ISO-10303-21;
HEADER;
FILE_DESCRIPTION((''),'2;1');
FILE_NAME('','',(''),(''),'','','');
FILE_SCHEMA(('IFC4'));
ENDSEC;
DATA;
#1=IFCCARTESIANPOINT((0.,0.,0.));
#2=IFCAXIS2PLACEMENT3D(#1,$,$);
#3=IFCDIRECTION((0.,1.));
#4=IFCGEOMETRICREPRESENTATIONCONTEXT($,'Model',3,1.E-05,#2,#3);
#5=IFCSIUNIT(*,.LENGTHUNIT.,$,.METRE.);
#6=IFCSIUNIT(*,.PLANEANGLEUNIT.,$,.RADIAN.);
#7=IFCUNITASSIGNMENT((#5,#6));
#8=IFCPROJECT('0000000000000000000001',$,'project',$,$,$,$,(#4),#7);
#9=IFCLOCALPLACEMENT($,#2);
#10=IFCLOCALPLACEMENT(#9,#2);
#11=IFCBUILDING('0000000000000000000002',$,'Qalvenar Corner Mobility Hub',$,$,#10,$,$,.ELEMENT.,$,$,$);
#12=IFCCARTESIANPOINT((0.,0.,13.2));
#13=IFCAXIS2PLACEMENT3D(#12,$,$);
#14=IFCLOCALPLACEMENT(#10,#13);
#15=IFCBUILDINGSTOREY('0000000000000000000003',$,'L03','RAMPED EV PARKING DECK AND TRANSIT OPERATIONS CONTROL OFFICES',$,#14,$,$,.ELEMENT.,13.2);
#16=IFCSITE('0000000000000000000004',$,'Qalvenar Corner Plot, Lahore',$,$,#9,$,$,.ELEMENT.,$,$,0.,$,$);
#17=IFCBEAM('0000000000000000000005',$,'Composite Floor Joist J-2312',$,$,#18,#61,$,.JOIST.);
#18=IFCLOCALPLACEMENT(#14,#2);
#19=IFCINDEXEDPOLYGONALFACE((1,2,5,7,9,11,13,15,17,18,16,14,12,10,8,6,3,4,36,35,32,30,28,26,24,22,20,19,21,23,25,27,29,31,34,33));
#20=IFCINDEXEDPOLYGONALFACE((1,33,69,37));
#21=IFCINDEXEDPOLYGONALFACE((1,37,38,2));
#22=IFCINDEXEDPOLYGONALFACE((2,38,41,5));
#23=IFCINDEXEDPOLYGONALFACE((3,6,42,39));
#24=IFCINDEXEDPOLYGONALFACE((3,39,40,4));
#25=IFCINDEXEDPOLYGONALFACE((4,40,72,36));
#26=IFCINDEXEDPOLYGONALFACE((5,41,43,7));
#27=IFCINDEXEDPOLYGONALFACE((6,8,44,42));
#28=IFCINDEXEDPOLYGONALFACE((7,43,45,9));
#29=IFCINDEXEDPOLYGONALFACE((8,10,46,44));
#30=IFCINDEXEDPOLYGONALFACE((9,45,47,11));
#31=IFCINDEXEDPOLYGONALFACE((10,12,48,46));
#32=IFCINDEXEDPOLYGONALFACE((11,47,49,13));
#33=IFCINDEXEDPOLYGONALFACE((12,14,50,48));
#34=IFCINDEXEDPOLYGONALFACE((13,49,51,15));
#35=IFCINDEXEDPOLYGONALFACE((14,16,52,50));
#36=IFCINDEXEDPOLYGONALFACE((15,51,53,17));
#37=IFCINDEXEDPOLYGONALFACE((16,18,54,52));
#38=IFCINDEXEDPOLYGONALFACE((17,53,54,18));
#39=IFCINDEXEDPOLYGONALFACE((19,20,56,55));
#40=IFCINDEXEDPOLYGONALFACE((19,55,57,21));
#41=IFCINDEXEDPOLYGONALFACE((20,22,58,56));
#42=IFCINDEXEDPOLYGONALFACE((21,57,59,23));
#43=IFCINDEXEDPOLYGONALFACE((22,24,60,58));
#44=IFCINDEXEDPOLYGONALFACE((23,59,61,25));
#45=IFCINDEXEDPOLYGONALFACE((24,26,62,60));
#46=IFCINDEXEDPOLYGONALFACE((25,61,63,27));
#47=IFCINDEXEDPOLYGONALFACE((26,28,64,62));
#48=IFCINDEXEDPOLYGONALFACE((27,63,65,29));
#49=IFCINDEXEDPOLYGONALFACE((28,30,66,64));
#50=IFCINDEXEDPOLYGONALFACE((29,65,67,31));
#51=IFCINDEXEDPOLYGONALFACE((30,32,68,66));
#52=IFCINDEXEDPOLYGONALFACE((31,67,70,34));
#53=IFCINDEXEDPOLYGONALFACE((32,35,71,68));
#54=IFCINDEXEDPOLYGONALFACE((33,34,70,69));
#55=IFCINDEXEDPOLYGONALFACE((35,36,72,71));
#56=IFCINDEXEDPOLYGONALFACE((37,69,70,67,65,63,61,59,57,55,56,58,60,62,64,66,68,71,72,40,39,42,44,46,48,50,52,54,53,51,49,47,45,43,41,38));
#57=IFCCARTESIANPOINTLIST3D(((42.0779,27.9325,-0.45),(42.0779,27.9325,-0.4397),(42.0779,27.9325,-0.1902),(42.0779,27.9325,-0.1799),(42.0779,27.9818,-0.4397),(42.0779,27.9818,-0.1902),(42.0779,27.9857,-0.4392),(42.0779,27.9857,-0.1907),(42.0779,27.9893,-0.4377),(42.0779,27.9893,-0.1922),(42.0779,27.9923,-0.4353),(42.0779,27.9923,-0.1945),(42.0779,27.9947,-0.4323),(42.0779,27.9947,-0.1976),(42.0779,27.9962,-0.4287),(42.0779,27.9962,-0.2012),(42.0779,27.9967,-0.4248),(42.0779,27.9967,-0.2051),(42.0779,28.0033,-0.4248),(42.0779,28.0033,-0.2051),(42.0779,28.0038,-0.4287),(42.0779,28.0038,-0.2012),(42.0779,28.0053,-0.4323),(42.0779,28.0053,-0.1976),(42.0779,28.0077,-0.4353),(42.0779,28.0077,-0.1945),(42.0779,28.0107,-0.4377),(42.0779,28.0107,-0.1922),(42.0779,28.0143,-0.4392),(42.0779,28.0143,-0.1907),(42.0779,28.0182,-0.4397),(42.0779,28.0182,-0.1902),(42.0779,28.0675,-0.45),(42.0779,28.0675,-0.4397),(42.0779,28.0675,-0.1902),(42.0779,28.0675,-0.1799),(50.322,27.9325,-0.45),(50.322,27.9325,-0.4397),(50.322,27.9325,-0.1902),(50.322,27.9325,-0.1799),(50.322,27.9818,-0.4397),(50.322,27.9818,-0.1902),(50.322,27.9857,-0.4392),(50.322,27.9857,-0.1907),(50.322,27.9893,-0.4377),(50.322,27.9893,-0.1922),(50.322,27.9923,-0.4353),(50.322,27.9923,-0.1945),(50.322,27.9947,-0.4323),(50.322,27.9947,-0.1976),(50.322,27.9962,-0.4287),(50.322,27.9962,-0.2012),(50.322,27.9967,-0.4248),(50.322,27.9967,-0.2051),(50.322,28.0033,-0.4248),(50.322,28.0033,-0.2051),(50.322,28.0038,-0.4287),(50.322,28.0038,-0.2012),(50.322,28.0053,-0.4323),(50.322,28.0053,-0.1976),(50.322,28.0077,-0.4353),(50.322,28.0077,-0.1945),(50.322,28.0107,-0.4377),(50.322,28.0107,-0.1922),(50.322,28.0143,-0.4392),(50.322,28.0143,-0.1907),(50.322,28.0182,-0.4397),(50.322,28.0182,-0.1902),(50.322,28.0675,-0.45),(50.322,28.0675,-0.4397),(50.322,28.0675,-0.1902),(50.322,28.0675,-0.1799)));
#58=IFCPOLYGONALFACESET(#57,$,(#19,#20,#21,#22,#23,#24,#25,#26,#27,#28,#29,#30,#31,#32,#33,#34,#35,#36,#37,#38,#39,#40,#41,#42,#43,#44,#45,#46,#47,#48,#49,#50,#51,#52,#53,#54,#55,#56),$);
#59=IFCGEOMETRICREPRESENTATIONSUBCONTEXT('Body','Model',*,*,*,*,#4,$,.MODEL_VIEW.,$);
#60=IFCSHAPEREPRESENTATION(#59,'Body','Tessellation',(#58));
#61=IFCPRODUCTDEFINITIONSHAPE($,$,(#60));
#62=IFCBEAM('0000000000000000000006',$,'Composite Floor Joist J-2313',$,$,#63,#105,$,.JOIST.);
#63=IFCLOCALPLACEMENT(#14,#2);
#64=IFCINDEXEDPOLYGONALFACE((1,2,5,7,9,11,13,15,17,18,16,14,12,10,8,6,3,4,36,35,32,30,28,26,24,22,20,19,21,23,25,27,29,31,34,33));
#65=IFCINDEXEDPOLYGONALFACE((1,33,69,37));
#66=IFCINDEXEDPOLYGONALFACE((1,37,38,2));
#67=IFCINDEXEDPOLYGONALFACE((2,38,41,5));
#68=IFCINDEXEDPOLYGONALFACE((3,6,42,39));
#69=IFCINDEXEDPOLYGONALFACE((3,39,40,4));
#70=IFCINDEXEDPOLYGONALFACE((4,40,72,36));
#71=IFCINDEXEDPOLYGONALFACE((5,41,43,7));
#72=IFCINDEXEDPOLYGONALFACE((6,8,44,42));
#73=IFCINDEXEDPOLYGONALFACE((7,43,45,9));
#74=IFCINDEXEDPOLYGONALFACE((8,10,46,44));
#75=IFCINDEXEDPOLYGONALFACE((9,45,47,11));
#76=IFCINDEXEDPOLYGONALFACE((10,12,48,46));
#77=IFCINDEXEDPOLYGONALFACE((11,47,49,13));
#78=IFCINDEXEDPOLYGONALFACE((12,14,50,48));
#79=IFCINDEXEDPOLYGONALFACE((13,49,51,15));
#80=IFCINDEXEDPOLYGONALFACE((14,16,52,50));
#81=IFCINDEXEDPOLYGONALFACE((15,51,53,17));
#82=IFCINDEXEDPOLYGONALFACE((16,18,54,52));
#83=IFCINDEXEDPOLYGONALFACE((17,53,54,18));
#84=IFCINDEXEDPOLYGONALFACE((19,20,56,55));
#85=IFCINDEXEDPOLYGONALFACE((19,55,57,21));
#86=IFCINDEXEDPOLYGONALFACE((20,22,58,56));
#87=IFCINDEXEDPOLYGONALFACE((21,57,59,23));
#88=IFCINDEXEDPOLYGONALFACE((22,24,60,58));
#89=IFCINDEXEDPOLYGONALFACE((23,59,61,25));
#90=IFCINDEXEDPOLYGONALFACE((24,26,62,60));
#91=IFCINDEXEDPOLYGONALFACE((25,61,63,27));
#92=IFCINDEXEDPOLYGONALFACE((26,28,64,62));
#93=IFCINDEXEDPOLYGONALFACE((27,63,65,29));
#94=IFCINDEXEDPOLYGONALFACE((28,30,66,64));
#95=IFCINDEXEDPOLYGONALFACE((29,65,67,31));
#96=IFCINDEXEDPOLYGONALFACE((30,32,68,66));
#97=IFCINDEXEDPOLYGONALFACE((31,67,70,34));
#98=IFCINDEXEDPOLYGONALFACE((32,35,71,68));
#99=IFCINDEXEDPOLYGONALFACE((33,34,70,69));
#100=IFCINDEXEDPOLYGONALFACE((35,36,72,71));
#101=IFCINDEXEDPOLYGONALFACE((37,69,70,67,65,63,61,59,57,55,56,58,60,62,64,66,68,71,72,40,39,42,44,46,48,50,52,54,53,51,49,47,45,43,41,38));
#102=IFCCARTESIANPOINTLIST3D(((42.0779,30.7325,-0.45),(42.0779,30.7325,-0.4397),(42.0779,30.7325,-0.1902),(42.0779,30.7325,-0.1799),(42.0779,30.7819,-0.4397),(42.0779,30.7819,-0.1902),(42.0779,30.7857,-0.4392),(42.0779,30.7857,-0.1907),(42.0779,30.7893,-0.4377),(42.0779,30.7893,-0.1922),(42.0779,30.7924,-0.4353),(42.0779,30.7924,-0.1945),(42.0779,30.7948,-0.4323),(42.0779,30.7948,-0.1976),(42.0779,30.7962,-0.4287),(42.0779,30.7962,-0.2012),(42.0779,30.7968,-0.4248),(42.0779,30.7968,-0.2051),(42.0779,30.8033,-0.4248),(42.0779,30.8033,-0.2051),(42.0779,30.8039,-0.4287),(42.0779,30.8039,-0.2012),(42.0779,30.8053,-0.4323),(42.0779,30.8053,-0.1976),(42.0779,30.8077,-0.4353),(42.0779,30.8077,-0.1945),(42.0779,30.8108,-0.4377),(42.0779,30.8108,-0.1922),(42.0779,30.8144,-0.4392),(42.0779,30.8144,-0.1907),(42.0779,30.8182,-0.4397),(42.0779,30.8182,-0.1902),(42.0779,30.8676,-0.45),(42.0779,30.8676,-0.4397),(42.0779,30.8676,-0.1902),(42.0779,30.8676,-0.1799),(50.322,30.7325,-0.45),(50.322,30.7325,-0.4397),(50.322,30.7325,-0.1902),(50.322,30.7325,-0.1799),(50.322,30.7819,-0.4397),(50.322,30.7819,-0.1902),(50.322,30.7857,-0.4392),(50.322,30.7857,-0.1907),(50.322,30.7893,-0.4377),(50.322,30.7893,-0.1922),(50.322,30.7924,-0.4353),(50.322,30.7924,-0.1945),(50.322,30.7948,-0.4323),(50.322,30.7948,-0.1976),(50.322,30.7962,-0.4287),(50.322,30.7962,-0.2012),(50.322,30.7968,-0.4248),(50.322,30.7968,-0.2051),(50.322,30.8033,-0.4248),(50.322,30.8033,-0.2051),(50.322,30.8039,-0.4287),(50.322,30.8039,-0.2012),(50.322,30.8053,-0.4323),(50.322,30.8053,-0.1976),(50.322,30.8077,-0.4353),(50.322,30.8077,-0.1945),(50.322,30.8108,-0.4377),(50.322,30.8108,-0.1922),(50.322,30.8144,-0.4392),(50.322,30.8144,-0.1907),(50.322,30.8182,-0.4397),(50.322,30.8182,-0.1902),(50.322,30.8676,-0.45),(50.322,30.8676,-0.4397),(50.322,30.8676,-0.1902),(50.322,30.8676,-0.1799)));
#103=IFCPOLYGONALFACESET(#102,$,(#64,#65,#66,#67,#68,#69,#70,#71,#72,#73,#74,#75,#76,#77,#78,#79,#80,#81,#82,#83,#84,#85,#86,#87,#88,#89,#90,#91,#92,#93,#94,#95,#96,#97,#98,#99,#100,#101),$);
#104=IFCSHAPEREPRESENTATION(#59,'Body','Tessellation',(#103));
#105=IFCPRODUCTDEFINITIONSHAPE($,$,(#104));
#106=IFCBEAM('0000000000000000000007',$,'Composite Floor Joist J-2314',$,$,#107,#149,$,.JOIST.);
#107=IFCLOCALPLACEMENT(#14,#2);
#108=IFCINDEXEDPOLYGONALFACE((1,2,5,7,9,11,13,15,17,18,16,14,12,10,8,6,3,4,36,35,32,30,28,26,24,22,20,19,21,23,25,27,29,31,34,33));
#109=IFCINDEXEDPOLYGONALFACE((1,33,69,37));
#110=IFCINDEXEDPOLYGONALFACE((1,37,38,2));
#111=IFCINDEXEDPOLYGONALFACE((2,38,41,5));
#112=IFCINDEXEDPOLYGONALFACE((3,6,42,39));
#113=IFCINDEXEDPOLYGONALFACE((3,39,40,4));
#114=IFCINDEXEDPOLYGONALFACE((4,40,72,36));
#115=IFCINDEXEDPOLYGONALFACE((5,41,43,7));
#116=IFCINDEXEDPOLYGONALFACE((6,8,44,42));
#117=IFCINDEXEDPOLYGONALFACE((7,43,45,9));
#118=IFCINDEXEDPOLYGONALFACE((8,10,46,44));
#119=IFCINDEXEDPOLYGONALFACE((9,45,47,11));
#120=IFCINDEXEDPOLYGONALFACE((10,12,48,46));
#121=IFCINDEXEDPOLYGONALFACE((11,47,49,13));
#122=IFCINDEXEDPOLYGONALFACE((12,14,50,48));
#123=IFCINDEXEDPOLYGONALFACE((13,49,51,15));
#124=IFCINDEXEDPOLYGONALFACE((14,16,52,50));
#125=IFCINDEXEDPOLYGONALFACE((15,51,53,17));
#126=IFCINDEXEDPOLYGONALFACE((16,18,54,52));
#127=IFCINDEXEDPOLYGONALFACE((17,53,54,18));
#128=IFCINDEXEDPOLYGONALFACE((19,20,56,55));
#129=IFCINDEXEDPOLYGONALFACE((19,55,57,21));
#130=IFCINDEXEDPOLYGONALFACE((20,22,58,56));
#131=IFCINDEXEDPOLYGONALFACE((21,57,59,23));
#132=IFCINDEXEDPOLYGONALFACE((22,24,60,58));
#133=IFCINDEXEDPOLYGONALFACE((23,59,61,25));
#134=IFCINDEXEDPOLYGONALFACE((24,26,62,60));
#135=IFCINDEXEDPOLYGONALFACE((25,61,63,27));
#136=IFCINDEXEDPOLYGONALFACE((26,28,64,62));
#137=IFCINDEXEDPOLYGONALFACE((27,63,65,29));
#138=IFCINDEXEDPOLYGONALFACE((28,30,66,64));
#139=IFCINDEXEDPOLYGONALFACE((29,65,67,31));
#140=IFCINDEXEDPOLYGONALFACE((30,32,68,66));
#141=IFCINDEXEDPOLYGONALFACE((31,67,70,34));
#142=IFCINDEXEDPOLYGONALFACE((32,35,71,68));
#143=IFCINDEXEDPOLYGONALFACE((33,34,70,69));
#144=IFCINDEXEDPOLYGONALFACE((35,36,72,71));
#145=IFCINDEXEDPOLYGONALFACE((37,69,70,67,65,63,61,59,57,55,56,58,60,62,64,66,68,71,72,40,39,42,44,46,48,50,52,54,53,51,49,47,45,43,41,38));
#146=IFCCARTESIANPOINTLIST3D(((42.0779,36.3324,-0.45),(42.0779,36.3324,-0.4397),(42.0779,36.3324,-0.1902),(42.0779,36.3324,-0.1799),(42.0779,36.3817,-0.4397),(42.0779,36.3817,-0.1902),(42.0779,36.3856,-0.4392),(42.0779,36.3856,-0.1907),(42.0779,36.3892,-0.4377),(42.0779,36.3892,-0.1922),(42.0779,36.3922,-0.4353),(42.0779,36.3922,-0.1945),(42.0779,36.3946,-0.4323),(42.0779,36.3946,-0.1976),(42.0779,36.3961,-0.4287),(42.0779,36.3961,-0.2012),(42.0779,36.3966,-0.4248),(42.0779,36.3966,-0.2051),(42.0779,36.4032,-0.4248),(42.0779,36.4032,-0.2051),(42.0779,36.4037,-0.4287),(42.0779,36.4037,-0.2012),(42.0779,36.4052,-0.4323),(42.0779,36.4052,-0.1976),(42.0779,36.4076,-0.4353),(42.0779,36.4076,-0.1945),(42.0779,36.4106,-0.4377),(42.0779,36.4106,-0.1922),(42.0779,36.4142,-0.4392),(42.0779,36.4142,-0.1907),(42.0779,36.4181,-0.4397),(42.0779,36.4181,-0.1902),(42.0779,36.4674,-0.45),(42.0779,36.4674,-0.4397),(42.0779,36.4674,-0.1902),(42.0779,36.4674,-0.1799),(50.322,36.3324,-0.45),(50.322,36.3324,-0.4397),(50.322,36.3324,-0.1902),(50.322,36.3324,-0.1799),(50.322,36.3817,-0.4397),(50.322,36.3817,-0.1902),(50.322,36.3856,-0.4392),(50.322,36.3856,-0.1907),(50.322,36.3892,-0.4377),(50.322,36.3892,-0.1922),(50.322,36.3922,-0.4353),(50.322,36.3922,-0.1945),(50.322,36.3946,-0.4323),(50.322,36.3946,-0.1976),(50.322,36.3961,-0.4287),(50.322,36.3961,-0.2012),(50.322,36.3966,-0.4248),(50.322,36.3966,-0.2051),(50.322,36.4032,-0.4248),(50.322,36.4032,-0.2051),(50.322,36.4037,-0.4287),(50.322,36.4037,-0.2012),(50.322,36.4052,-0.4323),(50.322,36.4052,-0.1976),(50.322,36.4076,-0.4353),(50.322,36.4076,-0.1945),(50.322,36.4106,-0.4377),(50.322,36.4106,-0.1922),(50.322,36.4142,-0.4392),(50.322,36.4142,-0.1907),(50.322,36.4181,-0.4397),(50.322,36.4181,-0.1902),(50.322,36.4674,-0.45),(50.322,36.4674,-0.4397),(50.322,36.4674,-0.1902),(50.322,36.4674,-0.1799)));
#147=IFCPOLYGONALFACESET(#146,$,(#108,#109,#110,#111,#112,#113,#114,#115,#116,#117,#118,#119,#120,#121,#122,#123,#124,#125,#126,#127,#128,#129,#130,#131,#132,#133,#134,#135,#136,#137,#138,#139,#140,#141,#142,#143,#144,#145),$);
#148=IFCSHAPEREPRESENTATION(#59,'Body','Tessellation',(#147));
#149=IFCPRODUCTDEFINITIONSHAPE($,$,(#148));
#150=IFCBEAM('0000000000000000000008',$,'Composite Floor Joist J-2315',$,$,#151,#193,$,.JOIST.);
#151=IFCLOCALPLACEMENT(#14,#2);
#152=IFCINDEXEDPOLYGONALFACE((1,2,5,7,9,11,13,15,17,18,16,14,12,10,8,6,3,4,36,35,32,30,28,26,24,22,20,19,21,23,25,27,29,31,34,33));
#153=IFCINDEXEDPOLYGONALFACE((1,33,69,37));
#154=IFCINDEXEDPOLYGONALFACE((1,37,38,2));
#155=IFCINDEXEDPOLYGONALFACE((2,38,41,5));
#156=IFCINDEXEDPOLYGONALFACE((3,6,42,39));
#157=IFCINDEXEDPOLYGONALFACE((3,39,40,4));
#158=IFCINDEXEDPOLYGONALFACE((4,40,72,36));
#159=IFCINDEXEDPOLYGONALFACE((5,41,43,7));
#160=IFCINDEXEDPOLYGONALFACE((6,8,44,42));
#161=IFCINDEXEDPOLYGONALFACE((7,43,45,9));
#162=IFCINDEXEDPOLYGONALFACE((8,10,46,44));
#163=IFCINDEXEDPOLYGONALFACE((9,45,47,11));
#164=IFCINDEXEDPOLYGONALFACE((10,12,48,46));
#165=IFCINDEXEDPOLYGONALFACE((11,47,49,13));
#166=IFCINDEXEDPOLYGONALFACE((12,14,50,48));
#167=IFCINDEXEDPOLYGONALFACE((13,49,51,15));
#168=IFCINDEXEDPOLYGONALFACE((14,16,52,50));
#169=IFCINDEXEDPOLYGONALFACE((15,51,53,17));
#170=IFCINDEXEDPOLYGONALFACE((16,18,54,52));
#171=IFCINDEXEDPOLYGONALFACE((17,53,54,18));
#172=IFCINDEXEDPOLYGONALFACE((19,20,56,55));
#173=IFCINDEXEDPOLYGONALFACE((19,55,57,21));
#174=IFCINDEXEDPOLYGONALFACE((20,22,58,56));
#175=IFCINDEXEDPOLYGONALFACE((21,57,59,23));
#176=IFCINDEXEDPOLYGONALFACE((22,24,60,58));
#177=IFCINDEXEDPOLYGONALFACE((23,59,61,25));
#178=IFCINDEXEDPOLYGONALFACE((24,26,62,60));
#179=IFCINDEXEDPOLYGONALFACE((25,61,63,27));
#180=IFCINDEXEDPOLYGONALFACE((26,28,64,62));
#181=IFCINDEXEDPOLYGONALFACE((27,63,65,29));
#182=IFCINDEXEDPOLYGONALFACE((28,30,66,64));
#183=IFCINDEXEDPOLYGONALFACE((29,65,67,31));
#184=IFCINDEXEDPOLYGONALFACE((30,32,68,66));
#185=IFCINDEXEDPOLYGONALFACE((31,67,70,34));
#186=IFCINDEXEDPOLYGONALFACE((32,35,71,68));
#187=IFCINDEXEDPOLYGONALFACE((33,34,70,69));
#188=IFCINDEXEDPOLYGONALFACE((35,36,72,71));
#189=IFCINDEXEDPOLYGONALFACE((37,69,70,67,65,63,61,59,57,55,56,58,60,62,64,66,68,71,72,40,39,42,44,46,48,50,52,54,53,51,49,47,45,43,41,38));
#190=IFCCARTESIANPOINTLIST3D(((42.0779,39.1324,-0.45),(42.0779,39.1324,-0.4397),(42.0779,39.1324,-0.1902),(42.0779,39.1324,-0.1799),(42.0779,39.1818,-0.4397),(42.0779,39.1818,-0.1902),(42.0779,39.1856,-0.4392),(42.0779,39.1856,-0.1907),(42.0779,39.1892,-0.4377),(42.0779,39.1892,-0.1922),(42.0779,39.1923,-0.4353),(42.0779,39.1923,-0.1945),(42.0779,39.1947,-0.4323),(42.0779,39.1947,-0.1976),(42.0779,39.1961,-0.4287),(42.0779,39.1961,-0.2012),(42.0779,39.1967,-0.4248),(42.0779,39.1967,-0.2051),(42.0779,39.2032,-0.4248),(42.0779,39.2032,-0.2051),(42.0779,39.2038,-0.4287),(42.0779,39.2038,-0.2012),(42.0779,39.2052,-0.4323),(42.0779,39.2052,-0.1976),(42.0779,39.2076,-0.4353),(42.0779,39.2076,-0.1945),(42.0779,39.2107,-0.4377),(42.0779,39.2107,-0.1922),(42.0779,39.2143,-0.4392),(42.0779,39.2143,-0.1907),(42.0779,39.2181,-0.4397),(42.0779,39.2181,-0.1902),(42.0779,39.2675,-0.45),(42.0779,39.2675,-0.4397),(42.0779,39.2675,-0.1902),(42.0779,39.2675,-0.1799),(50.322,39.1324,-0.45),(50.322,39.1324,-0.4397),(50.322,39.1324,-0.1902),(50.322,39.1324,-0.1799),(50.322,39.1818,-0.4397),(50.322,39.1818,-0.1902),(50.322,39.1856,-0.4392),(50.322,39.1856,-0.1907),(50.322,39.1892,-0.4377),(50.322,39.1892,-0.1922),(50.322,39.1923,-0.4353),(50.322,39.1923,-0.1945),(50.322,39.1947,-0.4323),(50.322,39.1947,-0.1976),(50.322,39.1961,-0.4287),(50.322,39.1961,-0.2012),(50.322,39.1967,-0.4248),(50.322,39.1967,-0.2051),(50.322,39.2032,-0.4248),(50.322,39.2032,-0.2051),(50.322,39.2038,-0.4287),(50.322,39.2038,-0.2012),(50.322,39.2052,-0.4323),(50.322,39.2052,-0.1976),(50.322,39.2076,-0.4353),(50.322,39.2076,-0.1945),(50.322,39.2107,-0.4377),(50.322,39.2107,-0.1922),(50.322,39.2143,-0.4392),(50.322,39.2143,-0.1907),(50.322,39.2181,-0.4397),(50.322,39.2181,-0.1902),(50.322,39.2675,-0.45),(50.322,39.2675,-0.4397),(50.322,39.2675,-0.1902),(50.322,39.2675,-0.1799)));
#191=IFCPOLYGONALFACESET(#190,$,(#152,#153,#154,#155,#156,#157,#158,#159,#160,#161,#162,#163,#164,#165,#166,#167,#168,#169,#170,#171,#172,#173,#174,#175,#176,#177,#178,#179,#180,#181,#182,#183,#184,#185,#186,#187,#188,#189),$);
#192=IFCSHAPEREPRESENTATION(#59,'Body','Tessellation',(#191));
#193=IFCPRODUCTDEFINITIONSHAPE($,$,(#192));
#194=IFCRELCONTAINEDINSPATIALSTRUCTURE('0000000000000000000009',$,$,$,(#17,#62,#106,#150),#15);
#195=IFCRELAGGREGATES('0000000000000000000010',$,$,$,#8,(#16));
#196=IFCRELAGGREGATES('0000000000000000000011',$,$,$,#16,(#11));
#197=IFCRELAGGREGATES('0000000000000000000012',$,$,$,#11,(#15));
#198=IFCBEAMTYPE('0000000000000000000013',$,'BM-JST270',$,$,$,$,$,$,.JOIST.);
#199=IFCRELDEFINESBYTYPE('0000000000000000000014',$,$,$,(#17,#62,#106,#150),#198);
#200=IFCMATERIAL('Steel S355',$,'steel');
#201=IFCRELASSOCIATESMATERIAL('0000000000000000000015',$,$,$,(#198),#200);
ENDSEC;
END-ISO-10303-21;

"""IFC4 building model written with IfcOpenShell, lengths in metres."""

from ifc_helpers import new_model, si_unit, direction, frame, origin, origin_2d, place, context, subcontext, project, spatial, i_section, extrude, material, material_profile, profile_set, type_object, element, save


model = new_model("IFC4")

# Units and contexts
model_context = context("Model", 3, precision=1e-05, world=origin(), true_north=direction((0.0, 1.0)))
body_context = subcontext(model_context, "Body", "Model", "MODEL_VIEW")
ifc_project = project(units=[si_unit("LENGTHUNIT", "METRE"), si_unit("PLANEANGLEUNIT", "RADIAN")], contexts=[model_context])

# Site, building, storey
site_placement = place(None, origin())
site = spatial("IfcSite", under=ifc_project, at=site_placement, Name="Qalvenar Corner Plot, Lahore", CompositionType="ELEMENT", RefElevation=0.0)
building_placement = place(site_placement, origin())
building = spatial("IfcBuilding", under=site, at=building_placement, Name="Qalvenar Corner Mobility Hub", CompositionType="ELEMENT")
storey_placement = place(building_placement, frame((0.0, 0.0, 13.2)))
storey = spatial("IfcBuildingStorey", under=building, at=storey_placement, Name="L03", Description="RAMPED EV PARKING DECK AND TRANSIT OPERATIONS CONTROL OFFICES", CompositionType="ELEMENT", Elevation=13.2)

# Shared definitions
ifc_material_1 = material(Name="Steel S355", Category="steel")

# Beams
ifc_material_profile_1 = material_profile(ifc_material_1, i_section(OverallWidth=0.135, OverallDepth=0.27, WebThickness=0.0066, FlangeThickness=0.0103, FilletRadius=0.0149, at=origin_2d()), Name="IPE270")
ifc_profile_set_1 = profile_set([ifc_material_profile_1], Name="Steel S355")
beam_type_1 = type_object("IfcBeamType", Name="BM-JST270", PredefinedType="JOIST", material=ifc_profile_set_1)
for number, where, z_axis, x_axis, name in (
    (1, (42.0779, 28.0, -0.3149), (1.0, 0.0, 0.0), (0.0, 1.0, 0.0), "Composite Floor Joist J-2312"),
    (2, (42.0779, 30.8, -0.3149), (1.0, 0.0, 0.0), (0.0, 1.0, 0.0), "Composite Floor Joist J-2313"),
    (3, (42.0779, 36.3999, -0.3149), (1.0, 0.0, 0.0), (0.0, 1.0, 0.0), "Composite Floor Joist J-2314"),
    (4, (42.0779, 39.2, -0.3149), (1.0, 0.0, 0.0), (0.0, 1.0, 0.0), "Composite Floor Joist J-2315"),
):
    element("IfcBeam", number, at=place(storey_placement, frame(where, z_axis=z_axis, x_axis=x_axis)), inside=storey, type_object=beam_type_1, Name=name, PredefinedType="JOIST", context=body_context, shape_type="SweptSolid", body=[
        extrude(i_section(OverallWidth=0.135, OverallDepth=0.27, WebThickness=0.0066, FlangeThickness=0.0103, FilletRadius=0.0149, at=origin_2d()), origin(), (0.0, 0.0, 1.0), 8.2441),
    ])

save(model, "model.ifc")
